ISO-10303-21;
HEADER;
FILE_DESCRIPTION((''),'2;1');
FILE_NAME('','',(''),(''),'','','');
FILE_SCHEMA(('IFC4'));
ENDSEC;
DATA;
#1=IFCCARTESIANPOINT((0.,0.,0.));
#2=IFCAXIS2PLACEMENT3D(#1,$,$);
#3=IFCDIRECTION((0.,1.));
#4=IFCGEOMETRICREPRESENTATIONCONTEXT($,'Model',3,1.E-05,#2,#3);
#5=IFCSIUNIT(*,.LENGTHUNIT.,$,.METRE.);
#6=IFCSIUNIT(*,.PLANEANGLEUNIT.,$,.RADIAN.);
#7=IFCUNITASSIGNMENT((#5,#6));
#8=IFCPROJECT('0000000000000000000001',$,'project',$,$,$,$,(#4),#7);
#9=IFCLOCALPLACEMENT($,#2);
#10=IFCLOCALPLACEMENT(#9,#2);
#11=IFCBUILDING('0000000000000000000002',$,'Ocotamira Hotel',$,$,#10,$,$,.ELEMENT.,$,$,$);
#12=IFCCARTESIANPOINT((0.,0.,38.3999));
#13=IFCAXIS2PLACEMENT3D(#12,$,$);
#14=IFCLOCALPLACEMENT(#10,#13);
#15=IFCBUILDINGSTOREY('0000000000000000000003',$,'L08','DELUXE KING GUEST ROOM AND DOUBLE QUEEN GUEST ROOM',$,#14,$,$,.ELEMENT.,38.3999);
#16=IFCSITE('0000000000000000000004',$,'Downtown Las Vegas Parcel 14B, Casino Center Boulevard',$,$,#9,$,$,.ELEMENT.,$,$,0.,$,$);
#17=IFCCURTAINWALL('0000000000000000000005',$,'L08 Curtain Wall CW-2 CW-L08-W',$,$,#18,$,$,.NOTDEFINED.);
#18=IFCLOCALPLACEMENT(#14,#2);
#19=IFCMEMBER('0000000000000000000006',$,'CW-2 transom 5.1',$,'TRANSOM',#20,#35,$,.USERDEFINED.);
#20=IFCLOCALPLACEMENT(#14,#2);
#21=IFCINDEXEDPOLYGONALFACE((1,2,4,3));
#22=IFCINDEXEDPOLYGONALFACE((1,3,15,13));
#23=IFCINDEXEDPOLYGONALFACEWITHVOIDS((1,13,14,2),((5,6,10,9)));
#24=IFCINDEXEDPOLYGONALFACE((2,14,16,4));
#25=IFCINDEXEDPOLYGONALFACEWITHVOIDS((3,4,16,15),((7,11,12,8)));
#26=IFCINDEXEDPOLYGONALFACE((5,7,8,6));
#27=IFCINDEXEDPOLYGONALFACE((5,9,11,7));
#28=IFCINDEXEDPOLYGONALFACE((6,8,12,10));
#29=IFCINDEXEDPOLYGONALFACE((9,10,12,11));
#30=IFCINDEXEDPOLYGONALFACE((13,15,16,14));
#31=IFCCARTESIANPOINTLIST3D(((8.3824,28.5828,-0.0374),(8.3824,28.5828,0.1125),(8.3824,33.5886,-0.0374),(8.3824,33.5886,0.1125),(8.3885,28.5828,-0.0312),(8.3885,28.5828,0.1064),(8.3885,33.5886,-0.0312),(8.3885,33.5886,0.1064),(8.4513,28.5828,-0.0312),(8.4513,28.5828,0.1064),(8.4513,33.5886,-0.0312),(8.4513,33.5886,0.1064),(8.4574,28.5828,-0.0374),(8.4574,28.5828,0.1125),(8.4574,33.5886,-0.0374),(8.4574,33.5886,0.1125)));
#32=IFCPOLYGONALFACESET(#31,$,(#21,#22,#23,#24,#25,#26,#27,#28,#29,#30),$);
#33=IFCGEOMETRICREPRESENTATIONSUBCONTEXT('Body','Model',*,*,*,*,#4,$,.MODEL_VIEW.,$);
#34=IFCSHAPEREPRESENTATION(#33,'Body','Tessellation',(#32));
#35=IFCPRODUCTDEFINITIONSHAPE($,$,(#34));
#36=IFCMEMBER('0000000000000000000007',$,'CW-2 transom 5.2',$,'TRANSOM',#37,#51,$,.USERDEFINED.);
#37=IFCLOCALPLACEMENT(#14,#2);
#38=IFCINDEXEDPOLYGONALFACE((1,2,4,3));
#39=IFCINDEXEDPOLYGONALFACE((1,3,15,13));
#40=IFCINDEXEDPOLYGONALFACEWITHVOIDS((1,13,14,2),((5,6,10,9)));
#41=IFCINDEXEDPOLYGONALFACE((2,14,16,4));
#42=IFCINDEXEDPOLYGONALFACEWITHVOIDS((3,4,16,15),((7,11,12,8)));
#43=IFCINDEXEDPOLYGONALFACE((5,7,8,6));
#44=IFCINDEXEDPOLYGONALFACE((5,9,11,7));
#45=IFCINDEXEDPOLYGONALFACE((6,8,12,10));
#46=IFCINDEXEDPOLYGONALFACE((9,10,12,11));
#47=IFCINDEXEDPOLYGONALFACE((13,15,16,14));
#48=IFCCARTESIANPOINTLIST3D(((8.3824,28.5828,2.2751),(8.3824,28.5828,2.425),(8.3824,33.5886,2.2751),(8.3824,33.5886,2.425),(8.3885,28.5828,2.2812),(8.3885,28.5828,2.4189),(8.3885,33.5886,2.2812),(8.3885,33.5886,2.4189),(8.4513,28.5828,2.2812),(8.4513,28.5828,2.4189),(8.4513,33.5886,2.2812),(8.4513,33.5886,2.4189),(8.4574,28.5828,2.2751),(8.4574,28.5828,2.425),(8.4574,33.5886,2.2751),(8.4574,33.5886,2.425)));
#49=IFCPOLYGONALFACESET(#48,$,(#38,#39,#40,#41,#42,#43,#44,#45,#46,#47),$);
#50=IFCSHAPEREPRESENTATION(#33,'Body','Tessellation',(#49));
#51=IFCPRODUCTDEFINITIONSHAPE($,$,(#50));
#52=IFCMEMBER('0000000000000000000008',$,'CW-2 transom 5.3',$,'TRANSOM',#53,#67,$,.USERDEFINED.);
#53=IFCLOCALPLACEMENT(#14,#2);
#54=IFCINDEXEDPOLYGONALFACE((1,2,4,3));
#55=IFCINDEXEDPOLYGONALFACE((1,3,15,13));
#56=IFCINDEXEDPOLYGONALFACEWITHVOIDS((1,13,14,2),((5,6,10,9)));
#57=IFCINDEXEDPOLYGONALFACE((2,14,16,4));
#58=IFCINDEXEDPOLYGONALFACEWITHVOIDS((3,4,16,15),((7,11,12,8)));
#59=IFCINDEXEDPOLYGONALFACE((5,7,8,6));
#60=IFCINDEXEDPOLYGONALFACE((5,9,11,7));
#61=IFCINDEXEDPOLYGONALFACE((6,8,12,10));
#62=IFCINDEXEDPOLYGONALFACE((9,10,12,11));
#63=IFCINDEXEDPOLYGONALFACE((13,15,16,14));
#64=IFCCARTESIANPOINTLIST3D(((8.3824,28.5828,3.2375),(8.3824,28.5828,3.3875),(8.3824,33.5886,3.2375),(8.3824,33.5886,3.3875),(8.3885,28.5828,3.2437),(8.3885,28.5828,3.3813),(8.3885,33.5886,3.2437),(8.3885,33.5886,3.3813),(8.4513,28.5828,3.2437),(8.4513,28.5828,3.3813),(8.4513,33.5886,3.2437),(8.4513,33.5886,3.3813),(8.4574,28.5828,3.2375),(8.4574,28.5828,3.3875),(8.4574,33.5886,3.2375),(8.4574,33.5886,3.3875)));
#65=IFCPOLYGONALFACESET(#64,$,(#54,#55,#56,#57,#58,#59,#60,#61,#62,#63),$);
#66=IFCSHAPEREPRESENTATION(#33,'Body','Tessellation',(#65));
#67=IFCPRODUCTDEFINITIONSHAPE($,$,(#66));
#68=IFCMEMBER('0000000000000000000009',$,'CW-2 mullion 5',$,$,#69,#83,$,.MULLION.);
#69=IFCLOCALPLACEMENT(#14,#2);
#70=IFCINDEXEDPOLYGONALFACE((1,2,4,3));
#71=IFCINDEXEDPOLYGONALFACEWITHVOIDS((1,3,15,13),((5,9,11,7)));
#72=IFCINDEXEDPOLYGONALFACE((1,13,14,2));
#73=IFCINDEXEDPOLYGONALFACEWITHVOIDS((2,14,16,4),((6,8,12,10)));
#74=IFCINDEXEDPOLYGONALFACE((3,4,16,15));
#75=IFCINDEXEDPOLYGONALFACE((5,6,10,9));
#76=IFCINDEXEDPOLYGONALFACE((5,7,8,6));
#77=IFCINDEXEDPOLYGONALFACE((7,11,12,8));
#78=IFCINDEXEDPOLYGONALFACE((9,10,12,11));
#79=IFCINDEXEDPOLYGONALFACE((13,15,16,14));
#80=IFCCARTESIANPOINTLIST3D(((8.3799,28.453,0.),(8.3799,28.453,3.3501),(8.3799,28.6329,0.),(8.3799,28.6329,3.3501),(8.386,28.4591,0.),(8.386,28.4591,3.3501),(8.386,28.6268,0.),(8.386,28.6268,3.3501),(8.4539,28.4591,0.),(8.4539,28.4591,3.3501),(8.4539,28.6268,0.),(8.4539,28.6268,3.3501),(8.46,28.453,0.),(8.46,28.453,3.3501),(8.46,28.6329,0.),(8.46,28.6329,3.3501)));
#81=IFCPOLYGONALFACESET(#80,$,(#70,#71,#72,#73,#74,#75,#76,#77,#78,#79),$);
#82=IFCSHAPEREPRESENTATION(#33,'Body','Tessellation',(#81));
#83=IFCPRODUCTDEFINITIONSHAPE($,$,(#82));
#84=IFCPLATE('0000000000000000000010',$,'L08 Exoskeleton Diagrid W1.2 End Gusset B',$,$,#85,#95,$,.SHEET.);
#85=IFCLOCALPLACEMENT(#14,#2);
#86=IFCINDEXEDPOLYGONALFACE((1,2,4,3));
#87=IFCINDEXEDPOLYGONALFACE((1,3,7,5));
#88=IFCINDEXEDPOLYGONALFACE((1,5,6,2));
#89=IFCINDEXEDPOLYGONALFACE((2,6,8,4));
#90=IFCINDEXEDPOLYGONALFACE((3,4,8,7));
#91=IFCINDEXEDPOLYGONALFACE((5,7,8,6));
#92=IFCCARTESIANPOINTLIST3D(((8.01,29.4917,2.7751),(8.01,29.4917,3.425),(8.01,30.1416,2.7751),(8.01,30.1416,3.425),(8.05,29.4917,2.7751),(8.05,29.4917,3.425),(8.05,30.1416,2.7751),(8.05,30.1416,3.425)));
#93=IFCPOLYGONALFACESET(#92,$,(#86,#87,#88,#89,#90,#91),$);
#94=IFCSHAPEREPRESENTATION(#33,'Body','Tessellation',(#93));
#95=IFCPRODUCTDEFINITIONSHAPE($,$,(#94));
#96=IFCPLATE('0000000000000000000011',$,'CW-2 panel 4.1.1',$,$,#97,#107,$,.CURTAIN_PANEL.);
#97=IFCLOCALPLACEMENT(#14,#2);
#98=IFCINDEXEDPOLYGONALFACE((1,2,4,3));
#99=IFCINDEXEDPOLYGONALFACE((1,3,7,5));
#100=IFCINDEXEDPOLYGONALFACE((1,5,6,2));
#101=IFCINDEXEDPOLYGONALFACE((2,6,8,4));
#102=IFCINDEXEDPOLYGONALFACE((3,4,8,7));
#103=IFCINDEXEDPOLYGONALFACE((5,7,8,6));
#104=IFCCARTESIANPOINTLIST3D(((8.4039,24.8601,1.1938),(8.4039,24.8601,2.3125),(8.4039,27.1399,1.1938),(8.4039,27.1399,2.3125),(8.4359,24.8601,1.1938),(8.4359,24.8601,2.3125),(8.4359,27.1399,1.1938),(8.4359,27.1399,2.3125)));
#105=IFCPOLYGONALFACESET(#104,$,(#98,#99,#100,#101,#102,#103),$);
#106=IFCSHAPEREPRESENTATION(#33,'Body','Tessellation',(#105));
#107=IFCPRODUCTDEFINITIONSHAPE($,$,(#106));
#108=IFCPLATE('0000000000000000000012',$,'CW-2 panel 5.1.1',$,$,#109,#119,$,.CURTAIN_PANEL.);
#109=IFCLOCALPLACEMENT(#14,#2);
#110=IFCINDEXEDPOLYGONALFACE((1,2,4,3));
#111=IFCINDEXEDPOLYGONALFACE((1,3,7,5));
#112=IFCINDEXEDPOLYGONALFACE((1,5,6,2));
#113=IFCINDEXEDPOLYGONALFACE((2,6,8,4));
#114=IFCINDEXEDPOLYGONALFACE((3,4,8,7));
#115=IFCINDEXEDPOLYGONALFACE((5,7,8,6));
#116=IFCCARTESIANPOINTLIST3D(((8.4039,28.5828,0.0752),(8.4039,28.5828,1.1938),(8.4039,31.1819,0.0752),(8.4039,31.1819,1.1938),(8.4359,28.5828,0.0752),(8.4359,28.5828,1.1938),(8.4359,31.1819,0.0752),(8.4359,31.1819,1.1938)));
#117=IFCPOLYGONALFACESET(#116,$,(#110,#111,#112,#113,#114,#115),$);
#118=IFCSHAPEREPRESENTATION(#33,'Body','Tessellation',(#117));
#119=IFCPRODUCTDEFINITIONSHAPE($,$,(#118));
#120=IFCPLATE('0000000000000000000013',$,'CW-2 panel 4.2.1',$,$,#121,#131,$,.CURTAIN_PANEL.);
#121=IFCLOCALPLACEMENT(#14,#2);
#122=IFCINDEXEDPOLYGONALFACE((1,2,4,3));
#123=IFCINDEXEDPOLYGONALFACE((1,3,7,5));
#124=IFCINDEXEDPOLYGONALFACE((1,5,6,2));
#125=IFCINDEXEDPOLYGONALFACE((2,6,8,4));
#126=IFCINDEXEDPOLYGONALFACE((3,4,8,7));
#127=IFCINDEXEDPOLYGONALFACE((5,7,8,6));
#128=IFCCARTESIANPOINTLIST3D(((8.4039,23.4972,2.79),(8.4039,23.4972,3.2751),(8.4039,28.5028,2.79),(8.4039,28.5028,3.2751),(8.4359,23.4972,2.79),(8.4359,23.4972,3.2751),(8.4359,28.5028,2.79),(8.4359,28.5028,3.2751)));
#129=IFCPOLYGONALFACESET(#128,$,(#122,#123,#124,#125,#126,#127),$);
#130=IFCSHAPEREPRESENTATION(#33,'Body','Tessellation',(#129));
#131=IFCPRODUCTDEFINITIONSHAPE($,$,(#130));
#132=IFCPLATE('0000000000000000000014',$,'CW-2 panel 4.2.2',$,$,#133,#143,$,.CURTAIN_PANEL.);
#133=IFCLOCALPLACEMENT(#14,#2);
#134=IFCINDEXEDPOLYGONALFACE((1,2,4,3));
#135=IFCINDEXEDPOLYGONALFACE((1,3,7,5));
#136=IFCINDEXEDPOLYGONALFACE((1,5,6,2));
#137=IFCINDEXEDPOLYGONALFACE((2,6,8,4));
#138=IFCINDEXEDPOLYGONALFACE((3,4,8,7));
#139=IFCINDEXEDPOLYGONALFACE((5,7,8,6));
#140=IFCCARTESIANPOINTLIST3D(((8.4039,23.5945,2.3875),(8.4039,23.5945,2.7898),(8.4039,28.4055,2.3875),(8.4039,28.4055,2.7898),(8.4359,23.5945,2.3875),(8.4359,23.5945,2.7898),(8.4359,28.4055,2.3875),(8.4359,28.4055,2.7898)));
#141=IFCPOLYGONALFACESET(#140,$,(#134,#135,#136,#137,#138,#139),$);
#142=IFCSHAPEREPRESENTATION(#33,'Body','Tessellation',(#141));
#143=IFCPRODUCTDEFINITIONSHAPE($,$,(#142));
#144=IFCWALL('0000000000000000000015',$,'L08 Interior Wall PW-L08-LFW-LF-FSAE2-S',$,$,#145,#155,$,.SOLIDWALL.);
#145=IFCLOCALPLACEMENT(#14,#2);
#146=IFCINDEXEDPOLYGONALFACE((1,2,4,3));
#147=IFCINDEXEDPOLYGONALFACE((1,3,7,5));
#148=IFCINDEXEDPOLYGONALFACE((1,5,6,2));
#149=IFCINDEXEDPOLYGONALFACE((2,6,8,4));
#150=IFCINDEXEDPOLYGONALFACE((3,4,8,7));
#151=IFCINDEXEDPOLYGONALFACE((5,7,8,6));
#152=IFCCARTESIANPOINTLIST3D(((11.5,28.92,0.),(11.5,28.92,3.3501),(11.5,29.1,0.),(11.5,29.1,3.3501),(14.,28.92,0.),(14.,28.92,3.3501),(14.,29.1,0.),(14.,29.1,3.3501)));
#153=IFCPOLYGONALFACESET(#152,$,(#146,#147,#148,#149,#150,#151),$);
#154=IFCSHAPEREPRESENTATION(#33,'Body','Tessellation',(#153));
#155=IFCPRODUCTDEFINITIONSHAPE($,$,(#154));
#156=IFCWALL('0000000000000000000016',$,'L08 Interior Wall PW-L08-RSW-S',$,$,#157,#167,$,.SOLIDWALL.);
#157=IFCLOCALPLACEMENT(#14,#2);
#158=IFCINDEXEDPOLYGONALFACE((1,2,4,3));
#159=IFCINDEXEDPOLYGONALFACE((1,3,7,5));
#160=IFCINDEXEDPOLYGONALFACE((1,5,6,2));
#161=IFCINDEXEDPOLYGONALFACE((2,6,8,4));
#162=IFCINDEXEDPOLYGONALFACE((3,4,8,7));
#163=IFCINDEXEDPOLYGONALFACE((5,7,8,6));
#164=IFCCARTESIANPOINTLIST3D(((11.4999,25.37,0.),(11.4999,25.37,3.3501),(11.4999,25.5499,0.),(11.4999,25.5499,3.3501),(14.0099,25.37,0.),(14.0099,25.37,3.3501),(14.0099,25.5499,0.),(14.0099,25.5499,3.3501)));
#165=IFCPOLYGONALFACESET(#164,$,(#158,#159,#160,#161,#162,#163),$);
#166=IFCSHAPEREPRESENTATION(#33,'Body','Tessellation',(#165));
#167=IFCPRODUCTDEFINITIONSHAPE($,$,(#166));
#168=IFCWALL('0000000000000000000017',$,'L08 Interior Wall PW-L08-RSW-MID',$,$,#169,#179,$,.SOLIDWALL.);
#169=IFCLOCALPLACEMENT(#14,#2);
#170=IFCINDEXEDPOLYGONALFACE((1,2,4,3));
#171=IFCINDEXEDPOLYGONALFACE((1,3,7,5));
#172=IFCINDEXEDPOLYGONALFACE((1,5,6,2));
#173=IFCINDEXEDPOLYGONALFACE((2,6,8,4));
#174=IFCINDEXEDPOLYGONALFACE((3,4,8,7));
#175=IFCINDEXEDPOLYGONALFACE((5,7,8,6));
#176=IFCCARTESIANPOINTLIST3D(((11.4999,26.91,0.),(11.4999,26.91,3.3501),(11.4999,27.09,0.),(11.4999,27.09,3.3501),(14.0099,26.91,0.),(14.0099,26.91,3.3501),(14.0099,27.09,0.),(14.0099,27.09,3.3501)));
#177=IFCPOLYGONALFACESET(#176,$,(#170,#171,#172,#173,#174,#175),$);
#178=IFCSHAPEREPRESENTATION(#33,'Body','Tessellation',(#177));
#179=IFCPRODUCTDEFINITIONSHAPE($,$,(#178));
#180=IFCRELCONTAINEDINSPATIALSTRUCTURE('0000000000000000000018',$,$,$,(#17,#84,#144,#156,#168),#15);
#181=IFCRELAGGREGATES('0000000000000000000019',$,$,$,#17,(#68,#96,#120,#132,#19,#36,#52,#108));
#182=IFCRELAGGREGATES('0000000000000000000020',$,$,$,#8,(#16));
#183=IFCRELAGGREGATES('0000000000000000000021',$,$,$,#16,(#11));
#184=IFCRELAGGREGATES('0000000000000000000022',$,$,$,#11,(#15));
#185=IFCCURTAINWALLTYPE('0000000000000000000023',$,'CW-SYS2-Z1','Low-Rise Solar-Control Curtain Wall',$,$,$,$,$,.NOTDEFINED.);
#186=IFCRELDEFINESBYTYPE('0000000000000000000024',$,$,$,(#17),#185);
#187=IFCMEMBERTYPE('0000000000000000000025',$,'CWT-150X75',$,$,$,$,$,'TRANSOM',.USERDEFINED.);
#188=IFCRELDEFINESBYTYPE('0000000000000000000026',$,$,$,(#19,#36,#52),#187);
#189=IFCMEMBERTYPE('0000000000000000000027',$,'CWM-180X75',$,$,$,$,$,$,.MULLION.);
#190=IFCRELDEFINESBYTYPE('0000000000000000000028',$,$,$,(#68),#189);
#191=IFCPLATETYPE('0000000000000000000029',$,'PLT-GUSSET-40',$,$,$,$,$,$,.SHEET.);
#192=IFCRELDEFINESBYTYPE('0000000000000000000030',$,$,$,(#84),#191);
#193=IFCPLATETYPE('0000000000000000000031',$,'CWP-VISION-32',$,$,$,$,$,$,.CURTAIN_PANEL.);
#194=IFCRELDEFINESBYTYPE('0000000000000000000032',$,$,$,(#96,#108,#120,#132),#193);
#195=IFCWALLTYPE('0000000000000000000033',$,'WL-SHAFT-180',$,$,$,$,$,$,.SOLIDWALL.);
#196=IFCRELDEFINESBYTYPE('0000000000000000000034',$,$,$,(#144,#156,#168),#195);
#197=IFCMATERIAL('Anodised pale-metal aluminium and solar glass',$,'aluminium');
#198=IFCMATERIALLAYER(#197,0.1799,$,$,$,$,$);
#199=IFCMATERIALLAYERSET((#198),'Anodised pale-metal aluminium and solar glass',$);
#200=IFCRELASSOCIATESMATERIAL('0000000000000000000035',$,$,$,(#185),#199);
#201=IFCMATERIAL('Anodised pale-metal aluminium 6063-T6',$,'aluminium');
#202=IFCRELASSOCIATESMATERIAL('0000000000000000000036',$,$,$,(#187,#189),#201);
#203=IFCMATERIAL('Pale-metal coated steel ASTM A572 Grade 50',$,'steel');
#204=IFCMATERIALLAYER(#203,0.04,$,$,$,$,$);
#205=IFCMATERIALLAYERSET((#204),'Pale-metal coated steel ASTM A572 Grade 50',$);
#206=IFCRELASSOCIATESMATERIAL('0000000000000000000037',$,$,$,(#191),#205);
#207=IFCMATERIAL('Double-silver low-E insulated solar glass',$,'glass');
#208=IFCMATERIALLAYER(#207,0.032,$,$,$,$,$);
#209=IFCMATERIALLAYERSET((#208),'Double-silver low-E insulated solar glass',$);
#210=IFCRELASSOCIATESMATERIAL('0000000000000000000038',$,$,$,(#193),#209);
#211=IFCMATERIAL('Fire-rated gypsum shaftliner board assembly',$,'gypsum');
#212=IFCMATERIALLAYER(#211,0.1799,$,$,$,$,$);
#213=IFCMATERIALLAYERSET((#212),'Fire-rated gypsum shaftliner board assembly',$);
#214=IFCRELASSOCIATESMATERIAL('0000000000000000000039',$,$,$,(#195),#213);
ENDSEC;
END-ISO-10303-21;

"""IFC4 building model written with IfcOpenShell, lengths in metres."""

from ifc_helpers import new_model, si_unit, direction, frame, frame_2d, origin, origin_2d, place, context, subcontext, project, spatial, rectangle, hollow_rectangle, extrude, source, transform, mapped, material, layer, layer_set, material_profile, profile_set, type_object, element, aggregate, save


model = new_model("IFC4")

# Units and contexts
model_context = context("Model", 3, precision=1e-05, world=origin(), true_north=direction((0.0, 1.0)))
body_context = subcontext(model_context, "Body", "Model", "MODEL_VIEW")
ifc_project = project(units=[si_unit("LENGTHUNIT", "METRE"), si_unit("PLANEANGLEUNIT", "RADIAN")], contexts=[model_context])

# Site, building, storey
site_placement = place(None, origin())
site = spatial("IfcSite", under=ifc_project, at=site_placement, Name="Downtown Las Vegas Parcel 14B, Casino Center Boulevard", CompositionType="ELEMENT", RefElevation=0.0)
building_placement = place(site_placement, origin())
building = spatial("IfcBuilding", under=site, at=building_placement, Name="Ocotamira Hotel", CompositionType="ELEMENT")
storey_placement = place(building_placement, frame((0.0, 0.0, 38.3999)))
storey = spatial("IfcBuildingStorey", under=building, at=storey_placement, Name="L08", Description="DELUXE KING GUEST ROOM AND DOUBLE QUEEN GUEST ROOM", CompositionType="ELEMENT", Elevation=38.3999)

# Curtain wall, members
ifc_material_1 = material(Name="Anodised pale-metal aluminium and solar glass", Category="aluminium")
ifc_layer_1 = layer(ifc_material_1, 0.1799)
ifc_layer_set_1 = layer_set([ifc_layer_1], Name="Anodised pale-metal aluminium and solar glass")
curtain_wall_type = type_object("IfcCurtainWallType", Name="CW-SYS2-Z1", Description="Low-Rise Solar-Control Curtain Wall", PredefinedType="NOTDEFINED", material=ifc_layer_set_1)
curtain_wall_placement = place(storey_placement, origin())
curtain_wall = element("IfcCurtainWall", 1, at=curtain_wall_placement, inside=storey, type_object=curtain_wall_type, Name="L08 Curtain Wall CW-2 CW-L08-W", PredefinedType="NOTDEFINED")
ifc_material_2 = material(Name="Anodised pale-metal aluminium 6063-T6", Category="aluminium")
ifc_material_profile_1 = material_profile(ifc_material_2, hollow_rectangle(XDim=0.075, YDim=0.1499, WallThickness=0.0061, at=origin_2d()), Name="HSS150X75X6")
ifc_profile_set_1 = profile_set([ifc_material_profile_1], Name="Anodised pale-metal aluminium 6063-T6")
member_type_1 = type_object("IfcMemberType", Name="CWT-150X75", ElementType="TRANSOM", PredefinedType="USERDEFINED", material=ifc_profile_set_1)
shared_shape_1 = source(origin(), body_context, "Body", "SweptSolid", [
    extrude(hollow_rectangle(XDim=0.075, YDim=0.1499, WallThickness=0.0061, at=origin_2d()), origin(), (0.0, 0.0, 1.0), 5.0059),
])
member_1_placement = place(storey_placement, frame((8.4199, 28.5828, 0.0376), z_axis=(0.0, 1.0, 0.0), x_axis=(-1.0, 0.0, 0.0)))
member_1 = element("IfcMember", 2, at=member_1_placement, type_object=member_type_1, Name="CW-2 transom 5.1", ObjectType="TRANSOM", PredefinedType="USERDEFINED", context=body_context, shape_type="MappedRepresentation", body=[
    mapped(shared_shape_1, transform((0.0, 0.0, 0.0), scale=1.0)),
])
member_2_placement = place(storey_placement, frame((8.4199, 28.5828, 2.3501), z_axis=(0.0, 1.0, 0.0), x_axis=(-1.0, 0.0, 0.0)))
member_2 = element("IfcMember", 3, at=member_2_placement, type_object=member_type_1, Name="CW-2 transom 5.2", ObjectType="TRANSOM", PredefinedType="USERDEFINED", context=body_context, shape_type="MappedRepresentation", body=[
    mapped(shared_shape_1, transform((0.0, 0.0, 0.0), scale=1.0)),
])
member_3_placement = place(storey_placement, frame((8.4199, 28.5828, 3.3125), z_axis=(0.0, 1.0, 0.0), x_axis=(-1.0, 0.0, 0.0)))
member_3 = element("IfcMember", 4, at=member_3_placement, type_object=member_type_1, Name="CW-2 transom 5.3", ObjectType="TRANSOM", PredefinedType="USERDEFINED", context=body_context, shape_type="MappedRepresentation", body=[
    mapped(shared_shape_1, transform((0.0, 0.0, 0.0), scale=1.0)),
])
ifc_material_profile_2 = material_profile(ifc_material_2, hollow_rectangle(XDim=0.0801, YDim=0.1799, WallThickness=0.0061, at=origin_2d()), Name="HSS180X80X6")
ifc_profile_set_2 = profile_set([ifc_material_profile_2], Name="Anodised pale-metal aluminium 6063-T6")
member_type_2 = type_object("IfcMemberType", Name="CWM-180X75", PredefinedType="MULLION", material=ifc_profile_set_2)
shared_shape_2 = source(origin(), body_context, "Body", "SweptSolid", [
    extrude(hollow_rectangle(XDim=0.0801, YDim=0.1799, WallThickness=0.0061, at=origin_2d()), origin(), (0.0, 0.0, 1.0), 3.3501),
])
member_4_placement = place(storey_placement, frame((8.4199, 28.543, 0.0), z_axis=(0.0, 0.0, 1.0), x_axis=(-1.0, 0.0, 0.0)))
member_4 = element("IfcMember", 5, at=member_4_placement, type_object=member_type_2, Name="CW-2 mullion 5", PredefinedType="MULLION", context=body_context, shape_type="MappedRepresentation", body=[
    mapped(shared_shape_2, transform((0.0, 0.0, 0.0), scale=1.0)),
])

# Plates
ifc_material_3 = material(Name="Pale-metal coated steel ASTM A572 Grade 50", Category="steel")
ifc_layer_2 = layer(ifc_material_3, 0.04)
ifc_layer_set_2 = layer_set([ifc_layer_2], Name="Pale-metal coated steel ASTM A572 Grade 50")
plate_type_1 = type_object("IfcPlateType", Name="PLT-GUSSET-40", PredefinedType="SHEET", material=ifc_layer_set_2)
shared_shape_3 = source(origin(), body_context, "Body", "SweptSolid", [
    extrude(rectangle(XDim=0.04, YDim=0.6499, at=origin_2d()), origin(), (0.0, 0.0, 1.0), 0.6499),
])
plate_1_placement = place(storey_placement, frame((8.03, 29.8167, 2.7751), z_axis=(0.0, 0.0, 1.0), x_axis=(1.0, 0.0, 0.0)))
element("IfcPlate", 6, at=plate_1_placement, inside=storey, type_object=plate_type_1, Name="L08 Exoskeleton Diagrid W1.2 End Gusset B", PredefinedType="SHEET", context=body_context, shape_type="MappedRepresentation", body=[
    mapped(shared_shape_3, transform((0.0, 0.0, 0.0), scale=1.0)),
])
ifc_material_4 = material(Name="Double-silver low-E insulated solar glass", Category="glass")
ifc_layer_3 = layer(ifc_material_4, 0.032)
ifc_layer_set_3 = layer_set([ifc_layer_3], Name="Double-silver low-E insulated solar glass")
plate_type_2 = type_object("IfcPlateType", Name="CWP-VISION-32", PredefinedType="CURTAIN_PANEL", material=ifc_layer_set_3)
shared_shape_4 = source(origin(), body_context, "Body", "SweptSolid", [
    extrude(rectangle(XDim=2.2798, YDim=0.032, at=origin_2d()), origin(), (0.0, 0.0, 1.0), 1.1187),
])
plate_2_placement = place(storey_placement, frame((8.4199, 26.0, 1.1938), z_axis=(0.0, 0.0, 1.0), x_axis=(0.0, 1.0, 0.0)))
plate_2 = element("IfcPlate", 7, at=plate_2_placement, type_object=plate_type_2, Name="CW-2 panel 4.1.1", PredefinedType="CURTAIN_PANEL", context=body_context, shape_type="MappedRepresentation", body=[
    mapped(shared_shape_4, transform((0.0, 0.0, 0.0), scale=1.0)),
])
shared_shape_5 = source(origin(), body_context, "Body", "SweptSolid", [
    extrude(rectangle(XDim=2.5991, YDim=0.032, at=origin_2d()), origin(), (0.0, 0.0, 1.0), 1.1187),
])
plate_3_placement = place(storey_placement, frame((8.4199, 29.8823, 0.0752), z_axis=(0.0, 0.0, 1.0), x_axis=(0.0, 1.0, 0.0)))
plate_3 = element("IfcPlate", 8, at=plate_3_placement, type_object=plate_type_2, Name="CW-2 panel 5.1.1", PredefinedType="CURTAIN_PANEL", context=body_context, shape_type="MappedRepresentation", body=[
    mapped(shared_shape_5, transform((0.0, 0.0, 0.0), scale=1.0)),
])
shared_shape_6 = source(origin(), body_context, "Body", "SweptSolid", [
    extrude(rectangle(XDim=5.0056, YDim=0.032, at=origin_2d()), origin(), (0.0, 0.0, 1.0), 0.4851),
])
plate_4_placement = place(storey_placement, frame((8.4199, 26.0, 2.79), z_axis=(0.0, 0.0, 1.0), x_axis=(0.0, 1.0, 0.0)))
plate_4 = element("IfcPlate", 9, at=plate_4_placement, type_object=plate_type_2, Name="CW-2 panel 4.2.1", PredefinedType="CURTAIN_PANEL", context=body_context, shape_type="MappedRepresentation", body=[
    mapped(shared_shape_6, transform((0.0, 0.0, 0.0), scale=1.0)),
])
shared_shape_7 = source(origin(), body_context, "Body", "SweptSolid", [
    extrude(rectangle(XDim=4.811, YDim=0.032, at=origin_2d()), origin(), (0.0, 0.0, 1.0), 0.4023),
])
plate_5_placement = place(storey_placement, frame((8.4199, 26.0, 2.3875), z_axis=(0.0, 0.0, 1.0), x_axis=(0.0, 1.0, 0.0)))
plate_5 = element("IfcPlate", 10, at=plate_5_placement, type_object=plate_type_2, Name="CW-2 panel 4.2.2", PredefinedType="CURTAIN_PANEL", context=body_context, shape_type="MappedRepresentation", body=[
    mapped(shared_shape_7, transform((0.0, 0.0, 0.0), scale=1.0)),
])
aggregate(curtain_wall, [member_4, plate_2, plate_4, plate_5, member_1, member_2, member_3, plate_3])

# Walls
ifc_material_5 = material(Name="Fire-rated gypsum shaftliner board assembly", Category="gypsum")
ifc_layer_4 = layer(ifc_material_5, 0.1799)
ifc_layer_set_4 = layer_set([ifc_layer_4], Name="Fire-rated gypsum shaftliner board assembly")
wall_type = type_object("IfcWallType", Name="WL-SHAFT-180", PredefinedType="SOLIDWALL", material=ifc_layer_set_4)
wall_placement = place(storey_placement, frame((11.5, 29.01, 0.0), z_axis=(0.0, 0.0, 1.0), x_axis=(1.0, 0.0, 0.0)))
element("IfcWall", 11, at=wall_placement, inside=storey, type_object=wall_type, Name="L08 Interior Wall PW-L08-LFW-LF-FSAE2-S", PredefinedType="SOLIDWALL", context=body_context, shape_type="SweptSolid", body=[
    extrude(rectangle(XDim=2.5, YDim=0.1799, at=frame_2d((1.25, 0.0))), origin(), (0.0, 0.0, 1.0), 3.3501),
])
for number, where, z_axis, x_axis, name in (
    (12, (11.5, 25.46, 0.0), (0.0, 0.0, 1.0), (1.0, 0.0, 0.0), "L08 Interior Wall PW-L08-RSW-S"),
    (13, (11.5, 27.0, 0.0), (0.0, 0.0, 1.0), (1.0, 0.0, 0.0), "L08 Interior Wall PW-L08-RSW-MID"),
):
    element("IfcWall", number, at=place(storey_placement, frame(where, z_axis=z_axis, x_axis=x_axis)), inside=storey, type_object=wall_type, Name=name, PredefinedType="SOLIDWALL", context=body_context, shape_type="SweptSolid", body=[
        extrude(rectangle(XDim=2.51, YDim=0.1799, at=frame_2d((1.2549, 0.0))), origin(), (0.0, 0.0, 1.0), 3.3501),
    ])

save(model, "model.ifc")
